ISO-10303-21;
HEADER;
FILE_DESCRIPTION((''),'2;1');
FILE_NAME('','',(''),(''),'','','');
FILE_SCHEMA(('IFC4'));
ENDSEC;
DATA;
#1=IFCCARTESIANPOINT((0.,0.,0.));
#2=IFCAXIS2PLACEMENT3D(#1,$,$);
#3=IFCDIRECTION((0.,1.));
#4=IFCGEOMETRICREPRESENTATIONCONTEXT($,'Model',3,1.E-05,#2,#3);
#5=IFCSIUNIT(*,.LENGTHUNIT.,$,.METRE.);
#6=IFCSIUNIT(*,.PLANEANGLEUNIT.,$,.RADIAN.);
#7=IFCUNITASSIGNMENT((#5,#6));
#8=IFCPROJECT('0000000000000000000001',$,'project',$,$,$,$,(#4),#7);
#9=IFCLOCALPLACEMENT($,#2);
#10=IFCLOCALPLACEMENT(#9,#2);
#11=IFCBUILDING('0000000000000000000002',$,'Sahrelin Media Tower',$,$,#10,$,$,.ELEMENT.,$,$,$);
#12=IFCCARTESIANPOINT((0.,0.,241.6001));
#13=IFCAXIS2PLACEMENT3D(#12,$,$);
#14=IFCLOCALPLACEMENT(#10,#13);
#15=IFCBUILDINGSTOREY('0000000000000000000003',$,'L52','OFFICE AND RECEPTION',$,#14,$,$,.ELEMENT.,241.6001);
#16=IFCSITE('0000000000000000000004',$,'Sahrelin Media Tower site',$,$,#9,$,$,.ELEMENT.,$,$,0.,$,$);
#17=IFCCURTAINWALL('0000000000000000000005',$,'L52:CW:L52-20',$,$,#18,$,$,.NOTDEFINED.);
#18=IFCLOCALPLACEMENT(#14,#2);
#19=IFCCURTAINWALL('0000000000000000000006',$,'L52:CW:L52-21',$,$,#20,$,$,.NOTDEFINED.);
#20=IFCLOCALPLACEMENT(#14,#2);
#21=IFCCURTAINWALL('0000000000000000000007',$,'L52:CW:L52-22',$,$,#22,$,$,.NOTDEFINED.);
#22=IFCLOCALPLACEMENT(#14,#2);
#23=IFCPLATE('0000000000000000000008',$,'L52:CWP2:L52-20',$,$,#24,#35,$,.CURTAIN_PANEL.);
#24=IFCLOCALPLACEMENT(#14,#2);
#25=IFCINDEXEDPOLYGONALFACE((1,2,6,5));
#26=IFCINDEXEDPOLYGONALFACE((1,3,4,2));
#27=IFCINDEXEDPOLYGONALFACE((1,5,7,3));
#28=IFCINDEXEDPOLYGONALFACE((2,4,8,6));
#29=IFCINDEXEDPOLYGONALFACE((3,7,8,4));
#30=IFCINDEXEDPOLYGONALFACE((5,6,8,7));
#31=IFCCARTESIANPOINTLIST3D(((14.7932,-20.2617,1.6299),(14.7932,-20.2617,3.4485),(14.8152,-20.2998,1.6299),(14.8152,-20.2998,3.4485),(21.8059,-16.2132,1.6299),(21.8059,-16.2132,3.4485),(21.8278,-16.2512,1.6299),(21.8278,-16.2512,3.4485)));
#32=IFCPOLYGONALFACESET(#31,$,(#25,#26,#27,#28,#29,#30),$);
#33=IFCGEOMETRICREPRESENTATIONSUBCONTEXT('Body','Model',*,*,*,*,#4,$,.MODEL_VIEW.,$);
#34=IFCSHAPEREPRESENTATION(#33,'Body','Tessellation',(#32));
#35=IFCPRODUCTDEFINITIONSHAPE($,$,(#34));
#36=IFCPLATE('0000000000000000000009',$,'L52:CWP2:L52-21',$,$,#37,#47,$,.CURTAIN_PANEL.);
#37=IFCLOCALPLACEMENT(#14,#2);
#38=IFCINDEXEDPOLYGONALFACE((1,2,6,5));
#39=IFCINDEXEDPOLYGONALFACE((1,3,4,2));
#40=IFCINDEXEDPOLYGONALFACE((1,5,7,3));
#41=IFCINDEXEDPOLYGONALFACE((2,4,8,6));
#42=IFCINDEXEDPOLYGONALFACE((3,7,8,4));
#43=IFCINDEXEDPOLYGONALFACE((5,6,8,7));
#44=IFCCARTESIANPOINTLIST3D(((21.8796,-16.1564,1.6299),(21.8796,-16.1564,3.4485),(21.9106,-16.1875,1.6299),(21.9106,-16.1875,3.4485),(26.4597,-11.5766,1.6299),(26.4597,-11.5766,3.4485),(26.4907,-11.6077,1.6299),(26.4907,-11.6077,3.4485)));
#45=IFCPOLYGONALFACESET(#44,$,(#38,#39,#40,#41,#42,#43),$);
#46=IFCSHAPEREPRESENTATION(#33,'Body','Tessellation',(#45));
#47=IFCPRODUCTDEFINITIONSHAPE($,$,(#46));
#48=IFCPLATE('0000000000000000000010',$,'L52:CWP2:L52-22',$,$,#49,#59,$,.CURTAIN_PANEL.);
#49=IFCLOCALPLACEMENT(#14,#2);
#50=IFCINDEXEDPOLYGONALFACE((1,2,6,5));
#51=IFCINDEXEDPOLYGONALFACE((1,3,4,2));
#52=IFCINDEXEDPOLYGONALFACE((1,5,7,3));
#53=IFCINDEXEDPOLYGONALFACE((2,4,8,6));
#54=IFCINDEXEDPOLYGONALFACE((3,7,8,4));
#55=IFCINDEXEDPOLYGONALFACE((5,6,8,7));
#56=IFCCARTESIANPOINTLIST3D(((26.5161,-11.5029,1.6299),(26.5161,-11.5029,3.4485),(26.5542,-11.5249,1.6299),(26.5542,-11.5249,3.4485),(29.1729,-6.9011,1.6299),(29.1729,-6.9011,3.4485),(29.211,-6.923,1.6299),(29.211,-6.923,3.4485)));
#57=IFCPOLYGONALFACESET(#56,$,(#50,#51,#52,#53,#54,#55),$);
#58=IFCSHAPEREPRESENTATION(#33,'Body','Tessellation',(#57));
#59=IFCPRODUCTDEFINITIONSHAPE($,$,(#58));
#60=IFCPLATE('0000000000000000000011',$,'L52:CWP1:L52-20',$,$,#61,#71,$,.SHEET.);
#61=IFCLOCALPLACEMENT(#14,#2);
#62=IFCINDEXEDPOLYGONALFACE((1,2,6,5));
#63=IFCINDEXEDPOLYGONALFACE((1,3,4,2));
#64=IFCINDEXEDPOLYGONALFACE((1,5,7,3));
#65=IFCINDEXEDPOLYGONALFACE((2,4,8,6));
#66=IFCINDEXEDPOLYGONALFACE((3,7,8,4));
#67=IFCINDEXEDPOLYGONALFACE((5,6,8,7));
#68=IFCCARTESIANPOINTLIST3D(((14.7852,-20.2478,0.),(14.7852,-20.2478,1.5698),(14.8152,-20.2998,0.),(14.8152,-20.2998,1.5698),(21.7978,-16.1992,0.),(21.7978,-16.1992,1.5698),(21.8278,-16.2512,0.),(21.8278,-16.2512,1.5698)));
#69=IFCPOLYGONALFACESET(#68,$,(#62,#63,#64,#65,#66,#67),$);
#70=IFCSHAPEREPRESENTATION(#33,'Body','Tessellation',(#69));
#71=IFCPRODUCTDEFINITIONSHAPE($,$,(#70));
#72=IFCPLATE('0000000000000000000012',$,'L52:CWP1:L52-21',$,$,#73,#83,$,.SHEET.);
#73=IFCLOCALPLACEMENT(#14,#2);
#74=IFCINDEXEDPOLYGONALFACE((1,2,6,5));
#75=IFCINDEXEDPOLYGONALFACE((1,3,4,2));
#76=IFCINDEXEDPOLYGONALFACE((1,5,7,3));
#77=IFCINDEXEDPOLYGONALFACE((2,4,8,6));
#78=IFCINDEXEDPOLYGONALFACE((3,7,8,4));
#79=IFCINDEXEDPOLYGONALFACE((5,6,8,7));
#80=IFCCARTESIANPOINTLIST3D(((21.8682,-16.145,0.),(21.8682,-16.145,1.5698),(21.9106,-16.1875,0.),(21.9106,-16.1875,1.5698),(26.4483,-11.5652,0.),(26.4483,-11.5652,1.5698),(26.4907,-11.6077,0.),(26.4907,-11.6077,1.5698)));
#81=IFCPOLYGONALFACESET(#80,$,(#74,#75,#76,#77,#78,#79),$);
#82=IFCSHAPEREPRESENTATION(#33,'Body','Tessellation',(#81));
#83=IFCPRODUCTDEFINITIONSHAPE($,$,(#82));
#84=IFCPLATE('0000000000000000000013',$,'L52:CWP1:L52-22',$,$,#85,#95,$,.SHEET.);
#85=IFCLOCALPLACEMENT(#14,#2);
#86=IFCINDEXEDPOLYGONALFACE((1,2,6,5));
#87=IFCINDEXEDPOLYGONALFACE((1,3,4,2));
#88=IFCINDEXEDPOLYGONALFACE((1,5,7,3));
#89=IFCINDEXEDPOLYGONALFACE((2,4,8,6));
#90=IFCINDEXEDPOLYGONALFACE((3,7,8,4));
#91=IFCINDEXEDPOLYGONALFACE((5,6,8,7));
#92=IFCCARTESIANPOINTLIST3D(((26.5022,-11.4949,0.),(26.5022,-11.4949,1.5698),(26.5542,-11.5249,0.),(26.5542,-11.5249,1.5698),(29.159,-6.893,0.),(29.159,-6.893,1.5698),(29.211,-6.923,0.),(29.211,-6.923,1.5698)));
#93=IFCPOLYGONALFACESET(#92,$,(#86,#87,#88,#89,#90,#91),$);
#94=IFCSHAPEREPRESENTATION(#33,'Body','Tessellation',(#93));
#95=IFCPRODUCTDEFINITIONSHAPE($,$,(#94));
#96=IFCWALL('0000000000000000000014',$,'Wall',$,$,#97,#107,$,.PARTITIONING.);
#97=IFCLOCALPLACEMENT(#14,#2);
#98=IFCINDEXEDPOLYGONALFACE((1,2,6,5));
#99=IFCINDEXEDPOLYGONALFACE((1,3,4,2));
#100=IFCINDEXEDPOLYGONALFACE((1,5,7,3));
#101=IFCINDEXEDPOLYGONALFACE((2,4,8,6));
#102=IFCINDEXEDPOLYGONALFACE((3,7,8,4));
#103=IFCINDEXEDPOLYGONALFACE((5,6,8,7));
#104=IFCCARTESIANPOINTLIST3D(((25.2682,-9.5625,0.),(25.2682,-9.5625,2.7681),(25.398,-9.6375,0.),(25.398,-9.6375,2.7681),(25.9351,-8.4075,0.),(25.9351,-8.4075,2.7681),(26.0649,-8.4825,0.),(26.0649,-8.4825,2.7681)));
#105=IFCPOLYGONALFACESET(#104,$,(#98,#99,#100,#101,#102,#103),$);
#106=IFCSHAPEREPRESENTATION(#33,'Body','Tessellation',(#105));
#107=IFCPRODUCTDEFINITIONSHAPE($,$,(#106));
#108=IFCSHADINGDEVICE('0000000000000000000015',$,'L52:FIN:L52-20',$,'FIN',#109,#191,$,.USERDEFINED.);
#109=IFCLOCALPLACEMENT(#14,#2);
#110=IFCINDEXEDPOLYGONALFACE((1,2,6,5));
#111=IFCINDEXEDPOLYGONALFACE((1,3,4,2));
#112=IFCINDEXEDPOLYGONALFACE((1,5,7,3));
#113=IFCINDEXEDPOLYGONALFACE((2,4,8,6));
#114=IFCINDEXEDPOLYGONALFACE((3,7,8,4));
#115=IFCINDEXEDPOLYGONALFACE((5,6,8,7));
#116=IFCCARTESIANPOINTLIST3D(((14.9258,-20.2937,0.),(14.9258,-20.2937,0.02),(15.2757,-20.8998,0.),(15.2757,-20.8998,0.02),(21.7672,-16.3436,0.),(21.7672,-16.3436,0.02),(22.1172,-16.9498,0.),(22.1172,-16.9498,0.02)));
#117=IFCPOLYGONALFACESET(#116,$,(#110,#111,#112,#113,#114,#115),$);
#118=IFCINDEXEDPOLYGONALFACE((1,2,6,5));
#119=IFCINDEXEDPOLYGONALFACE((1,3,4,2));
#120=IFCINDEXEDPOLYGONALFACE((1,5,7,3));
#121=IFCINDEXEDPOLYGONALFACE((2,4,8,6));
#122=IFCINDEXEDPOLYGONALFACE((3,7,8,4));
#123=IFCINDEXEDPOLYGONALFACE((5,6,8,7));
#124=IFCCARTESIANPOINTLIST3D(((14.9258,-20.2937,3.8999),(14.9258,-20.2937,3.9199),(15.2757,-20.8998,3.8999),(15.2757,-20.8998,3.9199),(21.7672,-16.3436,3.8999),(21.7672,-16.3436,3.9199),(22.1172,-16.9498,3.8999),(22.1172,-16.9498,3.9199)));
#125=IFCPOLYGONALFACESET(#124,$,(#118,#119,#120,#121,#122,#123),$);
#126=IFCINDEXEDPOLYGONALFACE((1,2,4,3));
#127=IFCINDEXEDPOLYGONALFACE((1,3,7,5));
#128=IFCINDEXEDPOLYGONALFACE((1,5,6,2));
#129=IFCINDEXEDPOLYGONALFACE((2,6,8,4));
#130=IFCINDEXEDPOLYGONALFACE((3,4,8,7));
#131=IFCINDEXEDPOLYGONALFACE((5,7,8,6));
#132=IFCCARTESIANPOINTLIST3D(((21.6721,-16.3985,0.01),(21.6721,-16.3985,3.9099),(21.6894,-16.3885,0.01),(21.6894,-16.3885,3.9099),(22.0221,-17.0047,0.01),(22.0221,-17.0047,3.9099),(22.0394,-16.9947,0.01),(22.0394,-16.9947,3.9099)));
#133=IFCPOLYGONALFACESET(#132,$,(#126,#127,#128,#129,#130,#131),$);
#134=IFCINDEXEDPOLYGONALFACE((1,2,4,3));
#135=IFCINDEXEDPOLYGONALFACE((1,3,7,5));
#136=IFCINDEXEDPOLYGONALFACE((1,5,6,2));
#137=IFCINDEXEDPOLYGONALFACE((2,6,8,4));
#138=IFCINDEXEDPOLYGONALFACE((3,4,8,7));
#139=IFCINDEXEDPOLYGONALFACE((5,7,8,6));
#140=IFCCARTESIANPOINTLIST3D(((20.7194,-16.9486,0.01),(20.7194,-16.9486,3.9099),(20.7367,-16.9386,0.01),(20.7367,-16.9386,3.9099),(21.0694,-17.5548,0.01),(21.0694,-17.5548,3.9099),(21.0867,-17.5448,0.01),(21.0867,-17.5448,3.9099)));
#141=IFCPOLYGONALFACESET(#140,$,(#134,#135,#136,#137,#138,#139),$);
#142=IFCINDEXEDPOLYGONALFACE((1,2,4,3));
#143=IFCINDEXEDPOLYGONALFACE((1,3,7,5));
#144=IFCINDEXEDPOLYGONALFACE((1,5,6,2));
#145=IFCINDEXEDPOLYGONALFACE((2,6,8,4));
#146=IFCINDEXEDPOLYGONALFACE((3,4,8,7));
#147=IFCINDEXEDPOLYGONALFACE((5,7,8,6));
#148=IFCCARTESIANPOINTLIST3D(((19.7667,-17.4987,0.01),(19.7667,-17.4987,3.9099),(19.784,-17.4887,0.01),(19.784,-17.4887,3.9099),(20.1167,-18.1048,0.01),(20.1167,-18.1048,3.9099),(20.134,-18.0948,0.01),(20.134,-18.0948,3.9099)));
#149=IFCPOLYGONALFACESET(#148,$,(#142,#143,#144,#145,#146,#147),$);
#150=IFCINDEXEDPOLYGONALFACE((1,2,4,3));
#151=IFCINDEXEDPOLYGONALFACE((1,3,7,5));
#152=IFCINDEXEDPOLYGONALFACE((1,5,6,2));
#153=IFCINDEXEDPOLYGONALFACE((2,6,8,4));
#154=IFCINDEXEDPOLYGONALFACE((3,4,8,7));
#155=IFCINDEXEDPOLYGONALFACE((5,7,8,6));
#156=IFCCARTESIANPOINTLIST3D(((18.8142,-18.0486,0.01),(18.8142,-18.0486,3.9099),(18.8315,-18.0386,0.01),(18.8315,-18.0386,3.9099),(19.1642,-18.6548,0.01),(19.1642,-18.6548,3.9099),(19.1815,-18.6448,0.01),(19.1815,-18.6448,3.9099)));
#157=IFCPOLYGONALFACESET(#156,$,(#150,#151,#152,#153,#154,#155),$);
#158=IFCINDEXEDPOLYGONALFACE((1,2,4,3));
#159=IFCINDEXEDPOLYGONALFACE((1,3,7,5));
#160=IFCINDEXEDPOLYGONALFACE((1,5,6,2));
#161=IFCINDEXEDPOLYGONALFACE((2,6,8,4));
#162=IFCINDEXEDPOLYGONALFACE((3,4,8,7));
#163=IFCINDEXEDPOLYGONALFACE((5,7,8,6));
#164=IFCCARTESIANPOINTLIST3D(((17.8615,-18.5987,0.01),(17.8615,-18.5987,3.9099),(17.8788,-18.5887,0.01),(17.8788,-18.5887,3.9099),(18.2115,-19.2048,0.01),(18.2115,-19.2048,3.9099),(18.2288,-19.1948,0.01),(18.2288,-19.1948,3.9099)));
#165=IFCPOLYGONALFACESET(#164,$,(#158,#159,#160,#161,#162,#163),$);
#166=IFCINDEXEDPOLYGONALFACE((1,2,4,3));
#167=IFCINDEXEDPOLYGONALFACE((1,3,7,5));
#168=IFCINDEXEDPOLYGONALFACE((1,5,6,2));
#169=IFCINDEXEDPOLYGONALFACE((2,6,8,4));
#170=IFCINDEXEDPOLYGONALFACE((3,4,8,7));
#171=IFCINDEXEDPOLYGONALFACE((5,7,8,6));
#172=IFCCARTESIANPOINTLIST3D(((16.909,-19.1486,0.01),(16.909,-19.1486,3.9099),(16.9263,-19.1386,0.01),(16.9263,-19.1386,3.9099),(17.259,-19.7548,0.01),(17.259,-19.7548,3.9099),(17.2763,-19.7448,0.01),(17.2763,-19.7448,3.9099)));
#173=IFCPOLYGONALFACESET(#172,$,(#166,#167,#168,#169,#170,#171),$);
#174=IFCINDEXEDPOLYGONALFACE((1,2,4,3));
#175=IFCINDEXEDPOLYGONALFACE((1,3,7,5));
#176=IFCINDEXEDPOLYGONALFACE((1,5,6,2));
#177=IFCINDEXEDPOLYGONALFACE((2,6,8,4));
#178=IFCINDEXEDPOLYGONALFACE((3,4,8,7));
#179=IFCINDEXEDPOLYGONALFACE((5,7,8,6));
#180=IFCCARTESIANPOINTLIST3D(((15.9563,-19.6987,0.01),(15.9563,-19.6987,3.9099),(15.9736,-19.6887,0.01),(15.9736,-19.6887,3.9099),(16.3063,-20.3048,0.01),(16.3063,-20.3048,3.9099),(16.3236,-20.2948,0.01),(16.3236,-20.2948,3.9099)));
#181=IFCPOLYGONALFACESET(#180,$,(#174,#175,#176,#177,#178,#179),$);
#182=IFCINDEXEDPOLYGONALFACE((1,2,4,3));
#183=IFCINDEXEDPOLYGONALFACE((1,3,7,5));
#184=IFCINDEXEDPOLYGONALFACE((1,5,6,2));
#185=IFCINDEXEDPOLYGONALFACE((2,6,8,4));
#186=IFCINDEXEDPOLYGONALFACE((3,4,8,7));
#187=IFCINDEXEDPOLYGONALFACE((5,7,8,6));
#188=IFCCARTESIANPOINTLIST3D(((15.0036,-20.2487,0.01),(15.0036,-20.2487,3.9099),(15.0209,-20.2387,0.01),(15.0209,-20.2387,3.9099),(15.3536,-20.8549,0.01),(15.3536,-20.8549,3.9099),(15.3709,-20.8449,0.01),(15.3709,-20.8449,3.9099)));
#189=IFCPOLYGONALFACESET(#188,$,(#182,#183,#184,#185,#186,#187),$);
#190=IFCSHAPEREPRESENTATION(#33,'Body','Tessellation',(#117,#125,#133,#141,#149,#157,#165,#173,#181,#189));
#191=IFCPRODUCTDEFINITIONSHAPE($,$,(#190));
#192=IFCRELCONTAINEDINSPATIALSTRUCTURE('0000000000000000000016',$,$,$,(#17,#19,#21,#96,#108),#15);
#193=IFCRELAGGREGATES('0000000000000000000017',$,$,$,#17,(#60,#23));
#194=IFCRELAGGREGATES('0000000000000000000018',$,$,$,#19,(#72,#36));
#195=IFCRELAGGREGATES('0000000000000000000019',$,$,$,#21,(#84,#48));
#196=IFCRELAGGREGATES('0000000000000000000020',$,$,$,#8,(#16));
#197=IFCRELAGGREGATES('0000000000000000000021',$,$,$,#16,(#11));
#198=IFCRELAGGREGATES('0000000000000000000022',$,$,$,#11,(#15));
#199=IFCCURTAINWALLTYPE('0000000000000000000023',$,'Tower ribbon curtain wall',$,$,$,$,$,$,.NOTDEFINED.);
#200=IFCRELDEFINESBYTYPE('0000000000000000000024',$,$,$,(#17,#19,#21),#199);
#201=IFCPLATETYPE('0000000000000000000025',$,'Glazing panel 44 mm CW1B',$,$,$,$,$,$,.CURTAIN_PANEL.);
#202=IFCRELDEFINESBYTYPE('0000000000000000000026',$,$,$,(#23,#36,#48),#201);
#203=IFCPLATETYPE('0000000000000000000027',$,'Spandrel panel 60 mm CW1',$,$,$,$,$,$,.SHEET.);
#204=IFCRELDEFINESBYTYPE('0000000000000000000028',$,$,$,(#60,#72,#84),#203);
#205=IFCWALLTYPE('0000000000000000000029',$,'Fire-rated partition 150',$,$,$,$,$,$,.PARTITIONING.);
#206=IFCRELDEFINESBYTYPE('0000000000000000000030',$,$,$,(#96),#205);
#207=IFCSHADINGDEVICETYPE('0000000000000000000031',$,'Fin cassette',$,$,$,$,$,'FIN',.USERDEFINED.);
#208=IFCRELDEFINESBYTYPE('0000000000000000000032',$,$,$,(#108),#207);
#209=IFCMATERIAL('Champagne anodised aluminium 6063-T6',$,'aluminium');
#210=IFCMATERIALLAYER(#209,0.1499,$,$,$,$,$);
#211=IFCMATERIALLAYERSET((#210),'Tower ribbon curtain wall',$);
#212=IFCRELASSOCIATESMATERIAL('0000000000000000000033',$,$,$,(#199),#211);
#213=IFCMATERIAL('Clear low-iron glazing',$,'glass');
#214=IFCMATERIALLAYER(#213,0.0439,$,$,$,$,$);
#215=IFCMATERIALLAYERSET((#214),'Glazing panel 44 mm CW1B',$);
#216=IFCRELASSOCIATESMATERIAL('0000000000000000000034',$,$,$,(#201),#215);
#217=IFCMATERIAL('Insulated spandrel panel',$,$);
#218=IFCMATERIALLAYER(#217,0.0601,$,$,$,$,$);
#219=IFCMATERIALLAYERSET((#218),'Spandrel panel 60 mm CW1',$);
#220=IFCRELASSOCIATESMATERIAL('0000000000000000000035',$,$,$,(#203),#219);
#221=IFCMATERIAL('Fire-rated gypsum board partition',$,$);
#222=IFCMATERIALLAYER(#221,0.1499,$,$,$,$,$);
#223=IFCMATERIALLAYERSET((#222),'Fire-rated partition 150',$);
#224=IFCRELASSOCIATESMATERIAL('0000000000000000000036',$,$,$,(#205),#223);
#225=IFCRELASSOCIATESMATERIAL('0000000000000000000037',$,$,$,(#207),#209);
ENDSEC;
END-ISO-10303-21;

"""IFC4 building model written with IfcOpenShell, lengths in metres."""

from ifc_helpers import new_model, si_unit, direction, frame, frame_2d, origin, origin_2d, place, context, subcontext, project, spatial, polyline, rectangle, outline, extrude, material, layer, layer_set, type_object, element, aggregate, save


model = new_model("IFC4")

# Units and contexts
model_context = context("Model", 3, precision=1e-05, world=origin(), true_north=direction((0.0, 1.0)))
body_context = subcontext(model_context, "Body", "Model", "MODEL_VIEW")
ifc_project = project(units=[si_unit("LENGTHUNIT", "METRE"), si_unit("PLANEANGLEUNIT", "RADIAN")], contexts=[model_context])

# Site, building, storey
site_placement = place(None, origin())
site = spatial("IfcSite", under=ifc_project, at=site_placement, Name="Sahrelin Media Tower site", CompositionType="ELEMENT", RefElevation=0.0)
building_placement = place(site_placement, origin())
building = spatial("IfcBuilding", under=site, at=building_placement, Name="Sahrelin Media Tower", CompositionType="ELEMENT")
storey_placement = place(building_placement, frame((0.0, 0.0, 241.6001)))
storey = spatial("IfcBuildingStorey", under=building, at=storey_placement, Name="L52", Description="OFFICE AND RECEPTION", CompositionType="ELEMENT", Elevation=241.6001)

# Curtain walls
ifc_material_1 = material(Name="Champagne anodised aluminium 6063-T6", Category="aluminium")
ifc_layer_1 = layer(ifc_material_1, 0.1499)
ifc_layer_set_1 = layer_set([ifc_layer_1], Name="Tower ribbon curtain wall")
curtain_wall_type = type_object("IfcCurtainWallType", Name="Tower ribbon curtain wall", PredefinedType="NOTDEFINED", material=ifc_layer_set_1)
curtain_wall_1_placement = place(storey_placement, frame((18.3115, -18.2581, 0.0), z_axis=(0.0, 0.0, 1.0), x_axis=(1.0, 0.0, 0.0)))
curtain_wall_1 = element("IfcCurtainWall", 1, at=curtain_wall_1_placement, inside=storey, type_object=curtain_wall_type, Name="L52:CW:L52-20", PredefinedType="NOTDEFINED")
curtain_wall_2_placement = place(storey_placement, frame((24.1865, -13.8833, 0.0), z_axis=(0.0, 0.0, 1.0), x_axis=(1.0, 0.0, 0.0)))
curtain_wall_2 = element("IfcCurtainWall", 2, at=curtain_wall_2_placement, inside=storey, type_object=curtain_wall_type, Name="L52:CW:L52-21", PredefinedType="NOTDEFINED")

# Curtain wall
curtain_wall_3_placement = place(storey_placement, frame((27.8652, -9.2141, 0.0), z_axis=(0.0, 0.0, 1.0), x_axis=(1.0, 0.0, 0.0)))
curtain_wall_3 = element("IfcCurtainWall", 3, at=curtain_wall_3_placement, inside=storey, type_object=curtain_wall_type, Name="L52:CW:L52-22", PredefinedType="NOTDEFINED")

# Plates
ifc_material_2 = material(Name="Clear low-iron glazing", Category="glass")
ifc_layer_2 = layer(ifc_material_2, 0.0439)
ifc_layer_set_2 = layer_set([ifc_layer_2], Name="Glazing panel 44 mm CW1B")
plate_type_1 = type_object("IfcPlateType", Name="Glazing panel 44 mm CW1B", PredefinedType="CURTAIN_PANEL", material=ifc_layer_set_2)
plate_1_placement = place(storey_placement, frame((14.8152, -20.2998, 1.6299), z_axis=(0.499982, -0.866036, 0.0), x_axis=(0.866036, 0.499982, 0.0)))
plate_1 = element("IfcPlate", 4, at=plate_1_placement, type_object=plate_type_1, Name="L52:CWP2:L52-20", PredefinedType="CURTAIN_PANEL", context=body_context, shape_type="SweptSolid", body=[
    extrude(outline(polyline([(0.0, 0.0), (8.0974, 0.0), (8.0974, 1.8186), (0.0, 1.8186), (0.0, 0.0)])), origin(), (0.0, 0.0, -1.0), 0.0439),
])
plate_2_placement = place(storey_placement, frame((21.9106, -16.1875, 1.6299), z_axis=(0.707088, -0.707126, 0.0), x_axis=(0.707126, 0.707088, 0.0)))
plate_2 = element("IfcPlate", 5, at=plate_2_placement, type_object=plate_type_1, Name="L52:CWP2:L52-21", PredefinedType="CURTAIN_PANEL", context=body_context, shape_type="SweptSolid", body=[
    extrude(outline(polyline([(0.0, 0.0), (6.4771, 0.0), (6.4771, 1.8186), (0.0, 1.8186), (0.0, 0.0)])), origin(), (0.0, 0.0, -1.0), 0.0439),
])
plate_3_placement = place(storey_placement, frame((26.5542, -11.5249, 1.6299), z_axis=(0.866035, -0.499984, 0.0), x_axis=(0.499984, 0.866035, 0.0)))
plate_3 = element("IfcPlate", 6, at=plate_3_placement, type_object=plate_type_1, Name="L52:CWP2:L52-22", PredefinedType="CURTAIN_PANEL", context=body_context, shape_type="SweptSolid", body=[
    extrude(outline(polyline([(0.0, 0.0), (5.3137, 0.0), (5.3137, 1.8186), (0.0, 1.8186), (0.0, 0.0)])), origin(), (0.0, 0.0, -1.0), 0.0439),
])
ifc_material_3 = material(Name="Insulated spandrel panel")
ifc_layer_3 = layer(ifc_material_3, 0.0601)
ifc_layer_set_3 = layer_set([ifc_layer_3], Name="Spandrel panel 60 mm CW1")
plate_type_2 = type_object("IfcPlateType", Name="Spandrel panel 60 mm CW1", PredefinedType="SHEET", material=ifc_layer_set_3)
plate_4_placement = place(storey_placement, frame((14.8152, -20.2998, 0.0), z_axis=(0.499982, -0.866036, 0.0), x_axis=(0.866036, 0.499982, 0.0)))
plate_4 = element("IfcPlate", 7, at=plate_4_placement, type_object=plate_type_2, Name="L52:CWP1:L52-20", PredefinedType="SHEET", context=body_context, shape_type="SweptSolid", body=[
    extrude(outline(polyline([(0.0, 0.0), (8.0974, 0.0), (8.0974, 1.5698), (0.0, 1.5698), (0.0, 0.0)])), origin(), (0.0, 0.0, -1.0), 0.0601),
])
aggregate(curtain_wall_1, [plate_4, plate_1])
plate_5_placement = place(storey_placement, frame((21.9106, -16.1875, 0.0), z_axis=(0.707088, -0.707126, 0.0), x_axis=(0.707126, 0.707088, 0.0)))
plate_5 = element("IfcPlate", 8, at=plate_5_placement, type_object=plate_type_2, Name="L52:CWP1:L52-21", PredefinedType="SHEET", context=body_context, shape_type="SweptSolid", body=[
    extrude(outline(polyline([(0.0, 0.0), (6.4771, 0.0), (6.4771, 1.5698), (0.0, 1.5698), (0.0, 0.0)])), origin(), (0.0, 0.0, -1.0), 0.0601),
])
aggregate(curtain_wall_2, [plate_5, plate_2])
plate_6_placement = place(storey_placement, frame((26.5542, -11.5249, 0.0), z_axis=(0.866035, -0.499984, 0.0), x_axis=(0.499984, 0.866035, 0.0)))
plate_6 = element("IfcPlate", 9, at=plate_6_placement, type_object=plate_type_2, Name="L52:CWP1:L52-22", PredefinedType="SHEET", context=body_context, shape_type="SweptSolid", body=[
    extrude(outline(polyline([(0.0, 0.0), (5.3137, 0.0), (5.3137, 1.5698), (0.0, 1.5698), (0.0, 0.0)])), origin(), (0.0, 0.0, -1.0), 0.0601),
])
aggregate(curtain_wall_3, [plate_6, plate_3])

# Wall
ifc_material_4 = material(Name="Fire-rated gypsum board partition")
ifc_layer_4 = layer(ifc_material_4, 0.1499)
ifc_layer_set_4 = layer_set([ifc_layer_4], Name="Fire-rated partition 150")
wall_type = type_object("IfcWallType", Name="Fire-rated partition 150", PredefinedType="PARTITIONING", material=ifc_layer_set_4)
wall_placement = place(storey_placement, frame((25.333, -9.6001, 0.0), z_axis=(0.0, 0.0, 1.0), x_axis=(0.500076, 0.865981, 0.0)))
element("IfcWall", 10, at=wall_placement, inside=storey, type_object=wall_type, Name="Wall", PredefinedType="PARTITIONING", context=body_context, shape_type="SweptSolid", body=[
    extrude(rectangle(XDim=1.3337, YDim=0.1499, at=frame_2d((0.667, 0.0))), origin(), (0.0, 0.0, 1.0), 2.7681),
])

# Shading device
shading_device_type_1 = type_object("IfcShadingDeviceType", Name="Fin cassette", ElementType="FIN", PredefinedType="USERDEFINED", material=ifc_material_1)
placement_1 = place(storey_placement, frame((18.3115, -18.2581, 0.0), z_axis=(0.0, 0.0, 1.0), x_axis=(-0.866019, -0.500011, 0.0)))
element("IfcShadingDevice", 11, at=placement_1, inside=storey, type_object=shading_device_type_1, Name="L52:FIN:L52-20", ObjectType="FIN", PredefinedType="USERDEFINED", context=body_context, shape_type="SweptSolid", body=[
    extrude(rectangle(XDim=7.8999, YDim=0.7, at=origin_2d()), frame((0.0, 0.4199, 0.0)), (0.0, 0.0, 1.0), 0.02),
    extrude(rectangle(XDim=7.8999, YDim=0.7, at=origin_2d()), frame((0.0, 0.4199, 3.8999)), (0.0, 0.0, 1.0), 0.02),
    extrude(rectangle(XDim=0.02, YDim=0.7, at=origin_2d()), frame((-3.8501, 0.4199, 0.01), z_axis=(0.0, 0.0, 1.0), x_axis=(1.0, 0.0, 0.0)), (0.0, 0.0, 1.0), 3.8999),
    extrude(rectangle(XDim=0.02, YDim=0.7, at=origin_2d()), frame((-2.75, 0.4199, 0.01), z_axis=(0.0, 0.0, 1.0), x_axis=(1.0, 0.0, 0.0)), (0.0, 0.0, 1.0), 3.8999),
    extrude(rectangle(XDim=0.02, YDim=0.7, at=origin_2d()), frame((-1.6499, 0.4199, 0.01), z_axis=(0.0, 0.0, 1.0), x_axis=(1.0, 0.0, 0.0)), (0.0, 0.0, 1.0), 3.8999),
    extrude(rectangle(XDim=0.02, YDim=0.7, at=origin_2d()), frame((-0.55, 0.4199, 0.01), z_axis=(0.0, 0.0, 1.0), x_axis=(1.0, 0.0, 0.0)), (0.0, 0.0, 1.0), 3.8999),
    extrude(rectangle(XDim=0.02, YDim=0.7, at=origin_2d()), frame((0.55, 0.4199, 0.01), z_axis=(0.0, 0.0, 1.0), x_axis=(1.0, 0.0, 0.0)), (0.0, 0.0, 1.0), 3.8999),
    extrude(rectangle(XDim=0.02, YDim=0.7, at=origin_2d()), frame((1.6499, 0.4199, 0.01), z_axis=(0.0, 0.0, 1.0), x_axis=(1.0, 0.0, 0.0)), (0.0, 0.0, 1.0), 3.8999),
    extrude(rectangle(XDim=0.02, YDim=0.7, at=origin_2d()), frame((2.75, 0.4199, 0.01), z_axis=(0.0, 0.0, 1.0), x_axis=(1.0, 0.0, 0.0)), (0.0, 0.0, 1.0), 3.8999),
    extrude(rectangle(XDim=0.02, YDim=0.7, at=origin_2d()), frame((3.8501, 0.4199, 0.01), z_axis=(0.0, 0.0, 1.0), x_axis=(1.0, 0.0, 0.0)), (0.0, 0.0, 1.0), 3.8999),
])

save(model, "model.ifc")
